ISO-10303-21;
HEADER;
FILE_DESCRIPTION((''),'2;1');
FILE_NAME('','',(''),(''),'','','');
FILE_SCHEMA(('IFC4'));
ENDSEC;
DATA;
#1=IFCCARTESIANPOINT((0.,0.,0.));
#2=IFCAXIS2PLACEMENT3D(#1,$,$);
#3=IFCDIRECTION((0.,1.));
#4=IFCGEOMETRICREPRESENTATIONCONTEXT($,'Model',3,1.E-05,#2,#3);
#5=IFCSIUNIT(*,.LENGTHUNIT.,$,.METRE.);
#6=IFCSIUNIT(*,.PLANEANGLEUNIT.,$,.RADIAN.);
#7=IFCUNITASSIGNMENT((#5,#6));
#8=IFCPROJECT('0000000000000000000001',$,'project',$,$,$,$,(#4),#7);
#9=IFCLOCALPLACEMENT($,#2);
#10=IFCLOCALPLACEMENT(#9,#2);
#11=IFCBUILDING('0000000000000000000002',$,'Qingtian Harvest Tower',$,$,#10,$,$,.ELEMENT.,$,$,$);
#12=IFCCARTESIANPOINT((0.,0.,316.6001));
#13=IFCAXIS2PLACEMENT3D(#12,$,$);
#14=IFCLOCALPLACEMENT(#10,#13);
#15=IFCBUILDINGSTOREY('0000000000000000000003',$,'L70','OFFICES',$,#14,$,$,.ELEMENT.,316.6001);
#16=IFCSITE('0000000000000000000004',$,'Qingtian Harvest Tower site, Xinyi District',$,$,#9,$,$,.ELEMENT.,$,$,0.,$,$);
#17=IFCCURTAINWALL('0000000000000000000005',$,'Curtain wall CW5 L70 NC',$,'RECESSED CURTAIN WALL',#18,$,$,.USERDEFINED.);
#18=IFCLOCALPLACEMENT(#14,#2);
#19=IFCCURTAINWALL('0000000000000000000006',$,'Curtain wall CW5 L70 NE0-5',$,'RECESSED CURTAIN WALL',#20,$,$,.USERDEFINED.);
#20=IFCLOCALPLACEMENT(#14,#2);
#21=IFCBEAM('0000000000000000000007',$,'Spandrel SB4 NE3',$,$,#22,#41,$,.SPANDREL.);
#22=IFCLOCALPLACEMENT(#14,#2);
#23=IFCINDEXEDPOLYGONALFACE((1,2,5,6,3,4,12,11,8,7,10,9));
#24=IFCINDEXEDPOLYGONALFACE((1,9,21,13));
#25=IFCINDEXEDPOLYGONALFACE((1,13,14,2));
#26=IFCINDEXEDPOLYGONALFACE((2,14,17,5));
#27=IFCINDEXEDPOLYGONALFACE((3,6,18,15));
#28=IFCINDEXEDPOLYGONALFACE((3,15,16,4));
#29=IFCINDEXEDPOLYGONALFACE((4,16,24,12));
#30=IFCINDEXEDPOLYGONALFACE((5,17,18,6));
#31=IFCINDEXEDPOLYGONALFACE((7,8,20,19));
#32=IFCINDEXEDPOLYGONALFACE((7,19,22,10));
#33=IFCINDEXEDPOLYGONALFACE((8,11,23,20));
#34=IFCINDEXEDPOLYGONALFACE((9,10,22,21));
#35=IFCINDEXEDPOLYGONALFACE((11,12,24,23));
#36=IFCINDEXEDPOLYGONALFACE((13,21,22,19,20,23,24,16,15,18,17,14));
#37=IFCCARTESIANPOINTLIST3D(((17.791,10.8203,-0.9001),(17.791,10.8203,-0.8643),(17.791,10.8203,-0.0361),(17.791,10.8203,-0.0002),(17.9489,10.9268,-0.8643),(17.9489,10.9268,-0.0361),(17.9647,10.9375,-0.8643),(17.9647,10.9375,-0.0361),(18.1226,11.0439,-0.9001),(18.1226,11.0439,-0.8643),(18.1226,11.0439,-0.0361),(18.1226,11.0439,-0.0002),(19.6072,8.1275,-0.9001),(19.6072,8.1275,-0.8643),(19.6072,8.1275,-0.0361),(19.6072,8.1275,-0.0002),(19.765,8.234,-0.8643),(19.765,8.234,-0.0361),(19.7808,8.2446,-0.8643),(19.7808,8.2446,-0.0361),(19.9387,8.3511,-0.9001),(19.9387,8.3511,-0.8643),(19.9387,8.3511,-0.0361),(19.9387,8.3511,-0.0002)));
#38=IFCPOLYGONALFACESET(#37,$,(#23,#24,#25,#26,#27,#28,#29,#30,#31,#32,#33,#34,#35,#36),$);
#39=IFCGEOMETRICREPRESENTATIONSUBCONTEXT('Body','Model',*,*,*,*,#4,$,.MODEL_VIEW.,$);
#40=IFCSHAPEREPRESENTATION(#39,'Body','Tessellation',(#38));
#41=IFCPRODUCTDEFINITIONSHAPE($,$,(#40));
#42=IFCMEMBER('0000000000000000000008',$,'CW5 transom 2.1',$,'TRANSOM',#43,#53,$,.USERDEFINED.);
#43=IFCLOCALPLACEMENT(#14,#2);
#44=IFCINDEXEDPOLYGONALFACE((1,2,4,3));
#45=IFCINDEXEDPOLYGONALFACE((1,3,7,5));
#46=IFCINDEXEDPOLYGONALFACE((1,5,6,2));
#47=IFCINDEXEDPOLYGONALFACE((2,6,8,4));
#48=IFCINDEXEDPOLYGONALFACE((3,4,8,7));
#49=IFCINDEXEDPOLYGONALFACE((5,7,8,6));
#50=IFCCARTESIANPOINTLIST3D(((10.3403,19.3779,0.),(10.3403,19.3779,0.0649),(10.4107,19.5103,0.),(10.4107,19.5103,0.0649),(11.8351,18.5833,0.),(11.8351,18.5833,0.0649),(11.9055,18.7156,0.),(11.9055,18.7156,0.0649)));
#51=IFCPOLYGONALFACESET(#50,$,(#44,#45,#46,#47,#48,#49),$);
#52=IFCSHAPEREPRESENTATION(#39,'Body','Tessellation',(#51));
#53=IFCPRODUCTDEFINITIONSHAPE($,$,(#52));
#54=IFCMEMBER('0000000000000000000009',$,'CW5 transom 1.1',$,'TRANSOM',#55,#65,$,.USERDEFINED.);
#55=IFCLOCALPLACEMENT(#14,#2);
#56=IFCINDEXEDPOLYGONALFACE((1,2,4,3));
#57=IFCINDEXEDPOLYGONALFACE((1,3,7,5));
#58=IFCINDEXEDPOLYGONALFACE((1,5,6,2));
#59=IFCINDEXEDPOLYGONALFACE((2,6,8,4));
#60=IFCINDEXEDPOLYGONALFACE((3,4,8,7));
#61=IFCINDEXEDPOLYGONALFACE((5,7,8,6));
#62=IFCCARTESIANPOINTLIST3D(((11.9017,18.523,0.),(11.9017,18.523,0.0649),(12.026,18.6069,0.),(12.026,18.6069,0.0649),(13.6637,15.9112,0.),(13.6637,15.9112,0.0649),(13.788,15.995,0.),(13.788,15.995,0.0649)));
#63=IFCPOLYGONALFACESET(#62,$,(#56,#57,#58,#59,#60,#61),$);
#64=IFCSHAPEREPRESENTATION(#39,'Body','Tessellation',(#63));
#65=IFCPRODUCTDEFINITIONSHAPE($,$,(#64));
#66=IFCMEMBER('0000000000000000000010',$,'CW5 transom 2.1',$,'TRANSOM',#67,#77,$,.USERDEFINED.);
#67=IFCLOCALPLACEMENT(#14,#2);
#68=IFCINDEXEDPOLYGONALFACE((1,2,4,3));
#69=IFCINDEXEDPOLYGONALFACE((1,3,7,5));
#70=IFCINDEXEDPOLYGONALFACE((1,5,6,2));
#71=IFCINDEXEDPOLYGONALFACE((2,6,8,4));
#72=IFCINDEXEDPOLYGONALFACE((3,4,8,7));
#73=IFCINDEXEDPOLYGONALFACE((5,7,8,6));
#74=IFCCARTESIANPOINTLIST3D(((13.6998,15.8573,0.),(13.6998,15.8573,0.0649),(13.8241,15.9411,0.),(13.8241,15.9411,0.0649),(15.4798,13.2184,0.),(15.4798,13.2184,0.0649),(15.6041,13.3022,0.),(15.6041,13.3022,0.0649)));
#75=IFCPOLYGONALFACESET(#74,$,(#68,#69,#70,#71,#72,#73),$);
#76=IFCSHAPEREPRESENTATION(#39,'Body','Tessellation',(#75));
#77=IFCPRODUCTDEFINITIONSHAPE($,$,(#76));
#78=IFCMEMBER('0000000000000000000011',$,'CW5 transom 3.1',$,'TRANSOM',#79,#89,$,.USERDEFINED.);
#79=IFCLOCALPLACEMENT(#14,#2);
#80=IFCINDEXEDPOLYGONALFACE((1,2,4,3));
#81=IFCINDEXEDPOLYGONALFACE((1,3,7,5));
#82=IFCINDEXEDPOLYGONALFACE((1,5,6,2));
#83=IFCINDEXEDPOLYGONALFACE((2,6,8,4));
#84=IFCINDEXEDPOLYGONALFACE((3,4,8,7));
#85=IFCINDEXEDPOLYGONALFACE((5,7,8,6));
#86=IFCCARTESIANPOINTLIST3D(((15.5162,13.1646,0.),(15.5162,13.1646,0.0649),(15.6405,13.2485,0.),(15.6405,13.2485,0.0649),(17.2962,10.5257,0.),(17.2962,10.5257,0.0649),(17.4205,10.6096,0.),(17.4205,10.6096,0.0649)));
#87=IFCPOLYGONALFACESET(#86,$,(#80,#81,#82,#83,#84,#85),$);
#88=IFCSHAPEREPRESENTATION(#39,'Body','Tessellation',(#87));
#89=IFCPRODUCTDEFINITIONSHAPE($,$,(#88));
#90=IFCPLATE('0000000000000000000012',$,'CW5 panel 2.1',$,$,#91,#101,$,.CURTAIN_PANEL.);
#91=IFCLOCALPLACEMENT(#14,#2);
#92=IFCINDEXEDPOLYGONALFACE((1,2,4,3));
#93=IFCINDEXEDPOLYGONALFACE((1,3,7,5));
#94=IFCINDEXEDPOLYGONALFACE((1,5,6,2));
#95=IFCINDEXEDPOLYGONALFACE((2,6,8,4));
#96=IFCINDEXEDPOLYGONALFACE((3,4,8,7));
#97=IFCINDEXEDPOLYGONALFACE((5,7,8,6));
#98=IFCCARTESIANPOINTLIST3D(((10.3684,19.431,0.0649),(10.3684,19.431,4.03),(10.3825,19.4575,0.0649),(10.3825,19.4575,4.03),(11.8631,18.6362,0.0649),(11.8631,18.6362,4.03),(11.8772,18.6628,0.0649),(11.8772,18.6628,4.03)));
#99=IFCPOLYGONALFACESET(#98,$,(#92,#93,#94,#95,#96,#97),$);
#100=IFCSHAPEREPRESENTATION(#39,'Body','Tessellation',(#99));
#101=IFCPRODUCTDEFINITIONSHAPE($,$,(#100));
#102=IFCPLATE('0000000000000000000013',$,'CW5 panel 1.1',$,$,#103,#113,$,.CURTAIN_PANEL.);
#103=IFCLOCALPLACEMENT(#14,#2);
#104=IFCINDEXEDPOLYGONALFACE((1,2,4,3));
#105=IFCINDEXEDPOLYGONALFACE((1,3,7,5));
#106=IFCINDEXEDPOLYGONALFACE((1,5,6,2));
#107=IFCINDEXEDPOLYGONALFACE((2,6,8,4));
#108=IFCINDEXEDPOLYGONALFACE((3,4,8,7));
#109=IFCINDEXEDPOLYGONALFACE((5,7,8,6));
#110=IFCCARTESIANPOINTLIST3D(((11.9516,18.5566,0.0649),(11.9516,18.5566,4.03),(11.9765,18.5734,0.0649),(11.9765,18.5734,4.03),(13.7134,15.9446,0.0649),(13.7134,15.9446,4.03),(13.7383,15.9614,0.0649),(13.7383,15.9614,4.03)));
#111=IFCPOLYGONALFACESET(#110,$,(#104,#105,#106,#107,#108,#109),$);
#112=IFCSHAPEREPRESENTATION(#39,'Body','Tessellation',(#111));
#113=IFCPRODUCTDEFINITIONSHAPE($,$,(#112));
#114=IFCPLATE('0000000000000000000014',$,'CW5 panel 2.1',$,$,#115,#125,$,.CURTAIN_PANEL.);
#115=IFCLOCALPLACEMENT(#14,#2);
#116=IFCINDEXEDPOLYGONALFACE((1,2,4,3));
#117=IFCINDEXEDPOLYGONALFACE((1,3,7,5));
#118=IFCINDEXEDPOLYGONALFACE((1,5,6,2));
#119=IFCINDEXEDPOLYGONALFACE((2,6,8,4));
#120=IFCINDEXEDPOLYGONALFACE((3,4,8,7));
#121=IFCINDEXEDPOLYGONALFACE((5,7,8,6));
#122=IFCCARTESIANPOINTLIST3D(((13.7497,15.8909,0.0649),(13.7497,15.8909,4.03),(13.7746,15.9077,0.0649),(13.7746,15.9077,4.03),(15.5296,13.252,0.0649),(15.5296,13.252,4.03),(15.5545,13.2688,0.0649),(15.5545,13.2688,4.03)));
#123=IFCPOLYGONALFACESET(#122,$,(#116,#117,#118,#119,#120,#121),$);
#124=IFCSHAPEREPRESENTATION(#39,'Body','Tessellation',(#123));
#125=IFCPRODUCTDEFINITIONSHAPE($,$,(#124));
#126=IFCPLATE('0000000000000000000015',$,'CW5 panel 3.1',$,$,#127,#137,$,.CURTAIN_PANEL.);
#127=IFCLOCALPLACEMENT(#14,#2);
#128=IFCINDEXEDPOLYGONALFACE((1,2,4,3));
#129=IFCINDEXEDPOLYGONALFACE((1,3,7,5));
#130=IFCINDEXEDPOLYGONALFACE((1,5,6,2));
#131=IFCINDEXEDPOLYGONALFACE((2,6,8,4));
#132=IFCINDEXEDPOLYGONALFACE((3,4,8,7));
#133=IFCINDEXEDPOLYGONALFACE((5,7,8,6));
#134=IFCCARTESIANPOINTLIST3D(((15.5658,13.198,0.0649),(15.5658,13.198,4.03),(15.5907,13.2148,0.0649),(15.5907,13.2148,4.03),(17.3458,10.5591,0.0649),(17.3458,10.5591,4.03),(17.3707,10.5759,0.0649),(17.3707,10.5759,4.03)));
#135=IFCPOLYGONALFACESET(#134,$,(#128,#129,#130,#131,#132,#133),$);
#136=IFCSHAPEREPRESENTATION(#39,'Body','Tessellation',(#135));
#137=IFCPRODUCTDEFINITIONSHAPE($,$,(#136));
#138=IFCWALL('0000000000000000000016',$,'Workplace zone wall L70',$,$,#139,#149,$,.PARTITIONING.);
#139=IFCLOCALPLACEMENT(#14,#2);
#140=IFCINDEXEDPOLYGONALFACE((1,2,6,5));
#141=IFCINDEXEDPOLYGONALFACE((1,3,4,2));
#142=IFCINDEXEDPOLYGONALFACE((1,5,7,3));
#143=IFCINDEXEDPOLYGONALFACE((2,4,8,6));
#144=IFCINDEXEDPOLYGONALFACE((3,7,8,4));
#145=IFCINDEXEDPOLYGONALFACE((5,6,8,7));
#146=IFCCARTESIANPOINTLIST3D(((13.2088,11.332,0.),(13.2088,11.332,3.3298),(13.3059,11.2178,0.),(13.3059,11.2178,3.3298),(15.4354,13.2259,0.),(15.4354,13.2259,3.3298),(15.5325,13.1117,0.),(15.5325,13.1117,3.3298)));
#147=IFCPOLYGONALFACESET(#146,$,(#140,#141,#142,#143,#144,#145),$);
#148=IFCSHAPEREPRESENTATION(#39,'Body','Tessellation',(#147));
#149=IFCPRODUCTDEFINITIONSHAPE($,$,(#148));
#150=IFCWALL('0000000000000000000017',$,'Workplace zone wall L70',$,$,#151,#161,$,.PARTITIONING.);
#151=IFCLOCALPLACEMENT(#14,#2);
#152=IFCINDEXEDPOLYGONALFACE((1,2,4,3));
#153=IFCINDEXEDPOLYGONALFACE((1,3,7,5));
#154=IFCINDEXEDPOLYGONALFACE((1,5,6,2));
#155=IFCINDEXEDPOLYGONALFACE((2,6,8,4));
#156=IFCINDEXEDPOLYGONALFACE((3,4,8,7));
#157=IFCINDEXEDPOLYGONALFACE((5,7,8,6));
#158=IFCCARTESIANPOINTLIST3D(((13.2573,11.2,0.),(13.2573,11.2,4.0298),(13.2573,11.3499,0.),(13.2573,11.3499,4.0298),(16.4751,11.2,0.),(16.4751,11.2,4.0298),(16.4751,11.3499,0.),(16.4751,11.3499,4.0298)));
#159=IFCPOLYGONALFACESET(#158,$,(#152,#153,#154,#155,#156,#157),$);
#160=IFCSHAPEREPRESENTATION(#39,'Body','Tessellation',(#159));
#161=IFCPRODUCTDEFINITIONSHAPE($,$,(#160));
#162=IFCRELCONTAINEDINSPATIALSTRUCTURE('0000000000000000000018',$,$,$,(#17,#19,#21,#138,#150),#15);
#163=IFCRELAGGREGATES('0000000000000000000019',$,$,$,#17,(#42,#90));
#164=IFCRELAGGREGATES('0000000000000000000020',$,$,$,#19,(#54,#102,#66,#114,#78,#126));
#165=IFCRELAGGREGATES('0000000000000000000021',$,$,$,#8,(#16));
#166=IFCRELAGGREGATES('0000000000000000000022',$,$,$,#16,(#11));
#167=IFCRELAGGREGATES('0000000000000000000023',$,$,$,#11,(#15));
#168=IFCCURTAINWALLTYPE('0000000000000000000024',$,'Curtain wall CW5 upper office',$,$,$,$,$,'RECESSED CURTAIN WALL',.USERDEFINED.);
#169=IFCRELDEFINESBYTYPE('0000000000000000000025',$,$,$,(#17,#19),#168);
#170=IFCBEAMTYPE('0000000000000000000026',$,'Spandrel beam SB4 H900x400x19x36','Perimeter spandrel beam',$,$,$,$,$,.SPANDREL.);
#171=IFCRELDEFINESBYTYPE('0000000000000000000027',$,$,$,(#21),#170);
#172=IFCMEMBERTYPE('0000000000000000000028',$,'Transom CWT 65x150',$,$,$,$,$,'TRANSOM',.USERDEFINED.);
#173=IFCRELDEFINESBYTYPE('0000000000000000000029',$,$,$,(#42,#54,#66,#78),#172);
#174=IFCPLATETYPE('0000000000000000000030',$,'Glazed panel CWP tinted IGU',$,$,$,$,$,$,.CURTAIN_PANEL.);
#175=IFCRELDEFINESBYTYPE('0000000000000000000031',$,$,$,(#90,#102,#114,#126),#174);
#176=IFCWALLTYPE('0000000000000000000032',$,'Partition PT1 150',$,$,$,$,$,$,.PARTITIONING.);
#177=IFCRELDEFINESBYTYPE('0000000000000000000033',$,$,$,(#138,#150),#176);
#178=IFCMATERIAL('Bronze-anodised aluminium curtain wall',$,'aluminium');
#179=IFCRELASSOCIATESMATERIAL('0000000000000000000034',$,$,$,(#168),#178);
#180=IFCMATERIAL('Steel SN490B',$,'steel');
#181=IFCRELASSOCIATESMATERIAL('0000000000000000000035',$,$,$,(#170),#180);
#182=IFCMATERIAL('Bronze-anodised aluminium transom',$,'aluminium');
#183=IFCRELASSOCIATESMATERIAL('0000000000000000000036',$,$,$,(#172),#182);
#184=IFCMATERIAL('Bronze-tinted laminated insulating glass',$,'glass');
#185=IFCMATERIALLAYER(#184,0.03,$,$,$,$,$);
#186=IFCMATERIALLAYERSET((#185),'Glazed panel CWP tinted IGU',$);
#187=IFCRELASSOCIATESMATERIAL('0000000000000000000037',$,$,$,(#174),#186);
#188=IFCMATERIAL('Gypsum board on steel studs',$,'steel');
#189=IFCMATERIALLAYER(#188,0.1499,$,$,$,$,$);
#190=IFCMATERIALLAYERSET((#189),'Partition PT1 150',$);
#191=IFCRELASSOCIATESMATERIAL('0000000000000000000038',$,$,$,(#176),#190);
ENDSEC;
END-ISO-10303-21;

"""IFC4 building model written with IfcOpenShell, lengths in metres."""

from ifc_helpers import new_model, si_unit, direction, frame, frame_2d, origin, origin_2d, place, context, subcontext, project, spatial, rectangle, i_section, extrude, material, layer, layer_set, material_profile, profile_set, type_object, element, aggregate, save


model = new_model("IFC4")

# Units and contexts
model_context = context("Model", 3, precision=1e-05, world=origin(), true_north=direction((0.0, 1.0)))
body_context = subcontext(model_context, "Body", "Model", "MODEL_VIEW")
ifc_project = project(units=[si_unit("LENGTHUNIT", "METRE"), si_unit("PLANEANGLEUNIT", "RADIAN")], contexts=[model_context])

# Site, building, storey
site_placement = place(None, origin())
site = spatial("IfcSite", under=ifc_project, at=site_placement, Name="Qingtian Harvest Tower site, Xinyi District", CompositionType="ELEMENT", RefElevation=0.0)
building_placement = place(site_placement, origin())
building = spatial("IfcBuilding", under=site, at=building_placement, Name="Qingtian Harvest Tower", CompositionType="ELEMENT")
storey_placement = place(building_placement, frame((0.0, 0.0, 316.6001)))
storey = spatial("IfcBuildingStorey", under=building, at=storey_placement, Name="L70", Description="OFFICES", CompositionType="ELEMENT", Elevation=316.6001)

# Curtain wall
ifc_material_1 = material(Name="Bronze-anodised aluminium curtain wall", Category="aluminium")
curtain_wall_type = type_object("IfcCurtainWallType", Name="Curtain wall CW5 upper office", ElementType="RECESSED CURTAIN WALL", PredefinedType="USERDEFINED", material=ifc_material_1)
curtain_wall_1_placement = place(storey_placement, origin())
curtain_wall_1 = element("IfcCurtainWall", 1, at=curtain_wall_1_placement, inside=storey, type_object=curtain_wall_type, Name="Curtain wall CW5 L70 NC", ObjectType="RECESSED CURTAIN WALL", PredefinedType="USERDEFINED")

# Curtain wall
curtain_wall_2_placement = place(storey_placement, origin())
curtain_wall_2 = element("IfcCurtainWall", 2, at=curtain_wall_2_placement, inside=storey, type_object=curtain_wall_type, Name="Curtain wall CW5 L70 NE0-5", ObjectType="RECESSED CURTAIN WALL", PredefinedType="USERDEFINED")

# Beam
ifc_material_2 = material(Name="Steel SN490B", Category="steel")
ifc_material_profile_1 = material_profile(ifc_material_2, i_section(OverallWidth=0.3999, OverallDepth=0.8999, WebThickness=0.019, FlangeThickness=0.0359, at=origin_2d()), Name="H900x400x19x36")
ifc_profile_set_1 = profile_set([ifc_material_profile_1], Name="Steel SN490B")
beam_type_1 = type_object("IfcBeamType", Name="Spandrel beam SB4 H900x400x19x36", Description="Perimeter spandrel beam", PredefinedType="SPANDREL", material=ifc_profile_set_1)
beam_1_placement = place(storey_placement, frame((17.9568, 10.9321, -0.4502), z_axis=(0.55915, -0.829066, 0.0), x_axis=(0.829066, 0.55915, 0.0)))
element("IfcBeam", 3, at=beam_1_placement, inside=storey, type_object=beam_type_1, Name="Spandrel SB4 NE3", PredefinedType="SPANDREL", context=body_context, shape_type="SweptSolid", body=[
    extrude(i_section(OverallWidth=0.3999, OverallDepth=0.8999, WebThickness=0.019, FlangeThickness=0.0359, at=origin_2d()), origin(), (0.0, 0.0, 1.0), 3.248),
])

# Members
ifc_material_3 = material(Name="Bronze-anodised aluminium transom", Category="aluminium")
ifc_material_profile_2 = material_profile(ifc_material_3, rectangle(XDim=0.1499, YDim=0.0649, at=origin_2d()), Name="AL 65x150")
ifc_profile_set_2 = profile_set([ifc_material_profile_2], Name="Bronze-anodised aluminium transom")
member_type_1 = type_object("IfcMemberType", Name="Transom CWT 65x150", ElementType="TRANSOM", PredefinedType="USERDEFINED", material=ifc_profile_set_2)
member_1_placement = place(storey_placement, frame((10.3755, 19.4441, 0.0325), z_axis=(0.882987, -0.469398, 0.0), x_axis=(0.469398, 0.882987, 0.0)))
member_1 = element("IfcMember", 4, at=member_1_placement, type_object=member_type_1, Name="CW5 transom 2.1", ObjectType="TRANSOM", PredefinedType="USERDEFINED", context=body_context, shape_type="SweptSolid", body=[
    extrude(rectangle(XDim=0.1499, YDim=0.0649, at=origin_2d()), origin(), (0.0, 0.0, 1.0), 1.6929),
])
member_2_placement = place(storey_placement, frame((11.9639, 18.5649, 0.0325), z_axis=(0.559252, -0.828998, 0.0), x_axis=(0.828998, 0.559252, 0.0)))
member_2 = element("IfcMember", 5, at=member_2_placement, type_object=member_type_1, Name="CW5 transom 1.1", ObjectType="TRANSOM", PredefinedType="USERDEFINED", context=body_context, shape_type="SweptSolid", body=[
    extrude(rectangle(XDim=0.1499, YDim=0.0649, at=origin_2d()), origin(), (0.0, 0.0, 1.0), 3.1506),
])
member_3_placement = place(storey_placement, frame((13.762, 15.8992, 0.0325), z_axis=(0.559205, -0.829029, 0.0), x_axis=(0.829029, 0.559205, 0.0)))
member_3 = element("IfcMember", 6, at=member_3_placement, type_object=member_type_1, Name="CW5 transom 2.1", ObjectType="TRANSOM", PredefinedType="USERDEFINED", context=body_context, shape_type="SweptSolid", body=[
    extrude(rectangle(XDim=0.1499, YDim=0.0649, at=origin_2d()), origin(), (0.0, 0.0, 1.0), 3.1831),
])
member_4_placement = place(storey_placement, frame((15.5784, 13.2065, 0.0325), z_axis=(0.559205, -0.829029, 0.0), x_axis=(0.829029, 0.559205, 0.0)))
member_4 = element("IfcMember", 7, at=member_4_placement, type_object=member_type_1, Name="CW5 transom 3.1", ObjectType="TRANSOM", PredefinedType="USERDEFINED", context=body_context, shape_type="SweptSolid", body=[
    extrude(rectangle(XDim=0.1499, YDim=0.0649, at=origin_2d()), origin(), (0.0, 0.0, 1.0), 3.1831),
])

# Plates
ifc_material_4 = material(Name="Bronze-tinted laminated insulating glass", Category="glass")
ifc_layer_1 = layer(ifc_material_4, 0.03)
ifc_layer_set_1 = layer_set([ifc_layer_1], Name="Glazed panel CWP tinted IGU")
plate_type = type_object("IfcPlateType", Name="Glazed panel CWP tinted IGU", PredefinedType="CURTAIN_PANEL", material=ifc_layer_set_1)
plate_1_placement = place(storey_placement, frame((11.1228, 19.0469, 0.0649), z_axis=(0.0, 0.0, 1.0), x_axis=(0.882948, -0.469472, 0.0)))
plate_1 = element("IfcPlate", 8, at=plate_1_placement, type_object=plate_type, Name="CW5 panel 2.1", PredefinedType="CURTAIN_PANEL", context=body_context, shape_type="SweptSolid", body=[
    extrude(rectangle(XDim=1.6929, YDim=0.03, at=origin_2d()), origin(), (0.0, 0.0, 1.0), 3.9651),
])
aggregate(curtain_wall_1, [member_1, plate_1])
plate_2_placement = place(storey_placement, frame((12.845, 17.259, 0.0649), z_axis=(0.0, 0.0, 1.0), x_axis=(0.559193, -0.829038, 0.0)))
plate_2 = element("IfcPlate", 9, at=plate_2_placement, type_object=plate_type, Name="CW5 panel 1.1", PredefinedType="CURTAIN_PANEL", context=body_context, shape_type="SweptSolid", body=[
    extrude(rectangle(XDim=3.1506, YDim=0.03, at=origin_2d()), origin(), (0.0, 0.0, 1.0), 3.9651),
])
plate_3_placement = place(storey_placement, frame((14.6521, 14.5798, 0.0649), z_axis=(0.0, 0.0, 1.0), x_axis=(0.559193, -0.829038, 0.0)))
plate_3 = element("IfcPlate", 10, at=plate_3_placement, type_object=plate_type, Name="CW5 panel 2.1", PredefinedType="CURTAIN_PANEL", context=body_context, shape_type="SweptSolid", body=[
    extrude(rectangle(XDim=3.1831, YDim=0.03, at=origin_2d()), origin(), (0.0, 0.0, 1.0), 3.9651),
])
plate_4_placement = place(storey_placement, frame((16.4683, 11.887, 0.0649), z_axis=(0.0, 0.0, 1.0), x_axis=(0.559193, -0.829038, 0.0)))
plate_4 = element("IfcPlate", 11, at=plate_4_placement, type_object=plate_type, Name="CW5 panel 3.1", PredefinedType="CURTAIN_PANEL", context=body_context, shape_type="SweptSolid", body=[
    extrude(rectangle(XDim=3.1831, YDim=0.03, at=origin_2d()), origin(), (0.0, 0.0, 1.0), 3.9651),
])
aggregate(curtain_wall_2, [member_2, plate_2, member_3, plate_3, member_4, plate_4])

# Walls
ifc_material_5 = material(Name="Gypsum board on steel studs", Category="steel")
ifc_layer_2 = layer(ifc_material_5, 0.1499)
ifc_layer_set_2 = layer_set([ifc_layer_2], Name="Partition PT1 150")
wall_type = type_object("IfcWallType", Name="Partition PT1 150", PredefinedType="PARTITIONING", material=ifc_layer_set_2)
wall_1_placement = place(storey_placement, frame((15.4839, 13.1687, 0.0), z_axis=(0.0, 0.0, 1.0), x_axis=(-0.761733, -0.647891, 0.0)))
element("IfcWall", 12, at=wall_1_placement, inside=storey, type_object=wall_type, Name="Workplace zone wall L70", PredefinedType="PARTITIONING", context=body_context, shape_type="SweptSolid", body=[
    extrude(rectangle(XDim=2.9231, YDim=0.1499, at=frame_2d((1.4614, 0.0))), origin(), (0.0, 0.0, 1.0), 3.3298),
])
wall_2_placement = place(storey_placement, frame((13.2573, 11.2749, 0.0), z_axis=(0.0, 0.0, 1.0), x_axis=(1.0, 0.0, 0.0)))
element("IfcWall", 13, at=wall_2_placement, inside=storey, type_object=wall_type, Name="Workplace zone wall L70", PredefinedType="PARTITIONING", context=body_context, shape_type="SweptSolid", body=[
    extrude(rectangle(XDim=3.2178, YDim=0.1499, at=frame_2d((1.6089, 0.0))), origin(), (0.0, 0.0, 1.0), 4.0298),
])

save(model, "model.ifc")
